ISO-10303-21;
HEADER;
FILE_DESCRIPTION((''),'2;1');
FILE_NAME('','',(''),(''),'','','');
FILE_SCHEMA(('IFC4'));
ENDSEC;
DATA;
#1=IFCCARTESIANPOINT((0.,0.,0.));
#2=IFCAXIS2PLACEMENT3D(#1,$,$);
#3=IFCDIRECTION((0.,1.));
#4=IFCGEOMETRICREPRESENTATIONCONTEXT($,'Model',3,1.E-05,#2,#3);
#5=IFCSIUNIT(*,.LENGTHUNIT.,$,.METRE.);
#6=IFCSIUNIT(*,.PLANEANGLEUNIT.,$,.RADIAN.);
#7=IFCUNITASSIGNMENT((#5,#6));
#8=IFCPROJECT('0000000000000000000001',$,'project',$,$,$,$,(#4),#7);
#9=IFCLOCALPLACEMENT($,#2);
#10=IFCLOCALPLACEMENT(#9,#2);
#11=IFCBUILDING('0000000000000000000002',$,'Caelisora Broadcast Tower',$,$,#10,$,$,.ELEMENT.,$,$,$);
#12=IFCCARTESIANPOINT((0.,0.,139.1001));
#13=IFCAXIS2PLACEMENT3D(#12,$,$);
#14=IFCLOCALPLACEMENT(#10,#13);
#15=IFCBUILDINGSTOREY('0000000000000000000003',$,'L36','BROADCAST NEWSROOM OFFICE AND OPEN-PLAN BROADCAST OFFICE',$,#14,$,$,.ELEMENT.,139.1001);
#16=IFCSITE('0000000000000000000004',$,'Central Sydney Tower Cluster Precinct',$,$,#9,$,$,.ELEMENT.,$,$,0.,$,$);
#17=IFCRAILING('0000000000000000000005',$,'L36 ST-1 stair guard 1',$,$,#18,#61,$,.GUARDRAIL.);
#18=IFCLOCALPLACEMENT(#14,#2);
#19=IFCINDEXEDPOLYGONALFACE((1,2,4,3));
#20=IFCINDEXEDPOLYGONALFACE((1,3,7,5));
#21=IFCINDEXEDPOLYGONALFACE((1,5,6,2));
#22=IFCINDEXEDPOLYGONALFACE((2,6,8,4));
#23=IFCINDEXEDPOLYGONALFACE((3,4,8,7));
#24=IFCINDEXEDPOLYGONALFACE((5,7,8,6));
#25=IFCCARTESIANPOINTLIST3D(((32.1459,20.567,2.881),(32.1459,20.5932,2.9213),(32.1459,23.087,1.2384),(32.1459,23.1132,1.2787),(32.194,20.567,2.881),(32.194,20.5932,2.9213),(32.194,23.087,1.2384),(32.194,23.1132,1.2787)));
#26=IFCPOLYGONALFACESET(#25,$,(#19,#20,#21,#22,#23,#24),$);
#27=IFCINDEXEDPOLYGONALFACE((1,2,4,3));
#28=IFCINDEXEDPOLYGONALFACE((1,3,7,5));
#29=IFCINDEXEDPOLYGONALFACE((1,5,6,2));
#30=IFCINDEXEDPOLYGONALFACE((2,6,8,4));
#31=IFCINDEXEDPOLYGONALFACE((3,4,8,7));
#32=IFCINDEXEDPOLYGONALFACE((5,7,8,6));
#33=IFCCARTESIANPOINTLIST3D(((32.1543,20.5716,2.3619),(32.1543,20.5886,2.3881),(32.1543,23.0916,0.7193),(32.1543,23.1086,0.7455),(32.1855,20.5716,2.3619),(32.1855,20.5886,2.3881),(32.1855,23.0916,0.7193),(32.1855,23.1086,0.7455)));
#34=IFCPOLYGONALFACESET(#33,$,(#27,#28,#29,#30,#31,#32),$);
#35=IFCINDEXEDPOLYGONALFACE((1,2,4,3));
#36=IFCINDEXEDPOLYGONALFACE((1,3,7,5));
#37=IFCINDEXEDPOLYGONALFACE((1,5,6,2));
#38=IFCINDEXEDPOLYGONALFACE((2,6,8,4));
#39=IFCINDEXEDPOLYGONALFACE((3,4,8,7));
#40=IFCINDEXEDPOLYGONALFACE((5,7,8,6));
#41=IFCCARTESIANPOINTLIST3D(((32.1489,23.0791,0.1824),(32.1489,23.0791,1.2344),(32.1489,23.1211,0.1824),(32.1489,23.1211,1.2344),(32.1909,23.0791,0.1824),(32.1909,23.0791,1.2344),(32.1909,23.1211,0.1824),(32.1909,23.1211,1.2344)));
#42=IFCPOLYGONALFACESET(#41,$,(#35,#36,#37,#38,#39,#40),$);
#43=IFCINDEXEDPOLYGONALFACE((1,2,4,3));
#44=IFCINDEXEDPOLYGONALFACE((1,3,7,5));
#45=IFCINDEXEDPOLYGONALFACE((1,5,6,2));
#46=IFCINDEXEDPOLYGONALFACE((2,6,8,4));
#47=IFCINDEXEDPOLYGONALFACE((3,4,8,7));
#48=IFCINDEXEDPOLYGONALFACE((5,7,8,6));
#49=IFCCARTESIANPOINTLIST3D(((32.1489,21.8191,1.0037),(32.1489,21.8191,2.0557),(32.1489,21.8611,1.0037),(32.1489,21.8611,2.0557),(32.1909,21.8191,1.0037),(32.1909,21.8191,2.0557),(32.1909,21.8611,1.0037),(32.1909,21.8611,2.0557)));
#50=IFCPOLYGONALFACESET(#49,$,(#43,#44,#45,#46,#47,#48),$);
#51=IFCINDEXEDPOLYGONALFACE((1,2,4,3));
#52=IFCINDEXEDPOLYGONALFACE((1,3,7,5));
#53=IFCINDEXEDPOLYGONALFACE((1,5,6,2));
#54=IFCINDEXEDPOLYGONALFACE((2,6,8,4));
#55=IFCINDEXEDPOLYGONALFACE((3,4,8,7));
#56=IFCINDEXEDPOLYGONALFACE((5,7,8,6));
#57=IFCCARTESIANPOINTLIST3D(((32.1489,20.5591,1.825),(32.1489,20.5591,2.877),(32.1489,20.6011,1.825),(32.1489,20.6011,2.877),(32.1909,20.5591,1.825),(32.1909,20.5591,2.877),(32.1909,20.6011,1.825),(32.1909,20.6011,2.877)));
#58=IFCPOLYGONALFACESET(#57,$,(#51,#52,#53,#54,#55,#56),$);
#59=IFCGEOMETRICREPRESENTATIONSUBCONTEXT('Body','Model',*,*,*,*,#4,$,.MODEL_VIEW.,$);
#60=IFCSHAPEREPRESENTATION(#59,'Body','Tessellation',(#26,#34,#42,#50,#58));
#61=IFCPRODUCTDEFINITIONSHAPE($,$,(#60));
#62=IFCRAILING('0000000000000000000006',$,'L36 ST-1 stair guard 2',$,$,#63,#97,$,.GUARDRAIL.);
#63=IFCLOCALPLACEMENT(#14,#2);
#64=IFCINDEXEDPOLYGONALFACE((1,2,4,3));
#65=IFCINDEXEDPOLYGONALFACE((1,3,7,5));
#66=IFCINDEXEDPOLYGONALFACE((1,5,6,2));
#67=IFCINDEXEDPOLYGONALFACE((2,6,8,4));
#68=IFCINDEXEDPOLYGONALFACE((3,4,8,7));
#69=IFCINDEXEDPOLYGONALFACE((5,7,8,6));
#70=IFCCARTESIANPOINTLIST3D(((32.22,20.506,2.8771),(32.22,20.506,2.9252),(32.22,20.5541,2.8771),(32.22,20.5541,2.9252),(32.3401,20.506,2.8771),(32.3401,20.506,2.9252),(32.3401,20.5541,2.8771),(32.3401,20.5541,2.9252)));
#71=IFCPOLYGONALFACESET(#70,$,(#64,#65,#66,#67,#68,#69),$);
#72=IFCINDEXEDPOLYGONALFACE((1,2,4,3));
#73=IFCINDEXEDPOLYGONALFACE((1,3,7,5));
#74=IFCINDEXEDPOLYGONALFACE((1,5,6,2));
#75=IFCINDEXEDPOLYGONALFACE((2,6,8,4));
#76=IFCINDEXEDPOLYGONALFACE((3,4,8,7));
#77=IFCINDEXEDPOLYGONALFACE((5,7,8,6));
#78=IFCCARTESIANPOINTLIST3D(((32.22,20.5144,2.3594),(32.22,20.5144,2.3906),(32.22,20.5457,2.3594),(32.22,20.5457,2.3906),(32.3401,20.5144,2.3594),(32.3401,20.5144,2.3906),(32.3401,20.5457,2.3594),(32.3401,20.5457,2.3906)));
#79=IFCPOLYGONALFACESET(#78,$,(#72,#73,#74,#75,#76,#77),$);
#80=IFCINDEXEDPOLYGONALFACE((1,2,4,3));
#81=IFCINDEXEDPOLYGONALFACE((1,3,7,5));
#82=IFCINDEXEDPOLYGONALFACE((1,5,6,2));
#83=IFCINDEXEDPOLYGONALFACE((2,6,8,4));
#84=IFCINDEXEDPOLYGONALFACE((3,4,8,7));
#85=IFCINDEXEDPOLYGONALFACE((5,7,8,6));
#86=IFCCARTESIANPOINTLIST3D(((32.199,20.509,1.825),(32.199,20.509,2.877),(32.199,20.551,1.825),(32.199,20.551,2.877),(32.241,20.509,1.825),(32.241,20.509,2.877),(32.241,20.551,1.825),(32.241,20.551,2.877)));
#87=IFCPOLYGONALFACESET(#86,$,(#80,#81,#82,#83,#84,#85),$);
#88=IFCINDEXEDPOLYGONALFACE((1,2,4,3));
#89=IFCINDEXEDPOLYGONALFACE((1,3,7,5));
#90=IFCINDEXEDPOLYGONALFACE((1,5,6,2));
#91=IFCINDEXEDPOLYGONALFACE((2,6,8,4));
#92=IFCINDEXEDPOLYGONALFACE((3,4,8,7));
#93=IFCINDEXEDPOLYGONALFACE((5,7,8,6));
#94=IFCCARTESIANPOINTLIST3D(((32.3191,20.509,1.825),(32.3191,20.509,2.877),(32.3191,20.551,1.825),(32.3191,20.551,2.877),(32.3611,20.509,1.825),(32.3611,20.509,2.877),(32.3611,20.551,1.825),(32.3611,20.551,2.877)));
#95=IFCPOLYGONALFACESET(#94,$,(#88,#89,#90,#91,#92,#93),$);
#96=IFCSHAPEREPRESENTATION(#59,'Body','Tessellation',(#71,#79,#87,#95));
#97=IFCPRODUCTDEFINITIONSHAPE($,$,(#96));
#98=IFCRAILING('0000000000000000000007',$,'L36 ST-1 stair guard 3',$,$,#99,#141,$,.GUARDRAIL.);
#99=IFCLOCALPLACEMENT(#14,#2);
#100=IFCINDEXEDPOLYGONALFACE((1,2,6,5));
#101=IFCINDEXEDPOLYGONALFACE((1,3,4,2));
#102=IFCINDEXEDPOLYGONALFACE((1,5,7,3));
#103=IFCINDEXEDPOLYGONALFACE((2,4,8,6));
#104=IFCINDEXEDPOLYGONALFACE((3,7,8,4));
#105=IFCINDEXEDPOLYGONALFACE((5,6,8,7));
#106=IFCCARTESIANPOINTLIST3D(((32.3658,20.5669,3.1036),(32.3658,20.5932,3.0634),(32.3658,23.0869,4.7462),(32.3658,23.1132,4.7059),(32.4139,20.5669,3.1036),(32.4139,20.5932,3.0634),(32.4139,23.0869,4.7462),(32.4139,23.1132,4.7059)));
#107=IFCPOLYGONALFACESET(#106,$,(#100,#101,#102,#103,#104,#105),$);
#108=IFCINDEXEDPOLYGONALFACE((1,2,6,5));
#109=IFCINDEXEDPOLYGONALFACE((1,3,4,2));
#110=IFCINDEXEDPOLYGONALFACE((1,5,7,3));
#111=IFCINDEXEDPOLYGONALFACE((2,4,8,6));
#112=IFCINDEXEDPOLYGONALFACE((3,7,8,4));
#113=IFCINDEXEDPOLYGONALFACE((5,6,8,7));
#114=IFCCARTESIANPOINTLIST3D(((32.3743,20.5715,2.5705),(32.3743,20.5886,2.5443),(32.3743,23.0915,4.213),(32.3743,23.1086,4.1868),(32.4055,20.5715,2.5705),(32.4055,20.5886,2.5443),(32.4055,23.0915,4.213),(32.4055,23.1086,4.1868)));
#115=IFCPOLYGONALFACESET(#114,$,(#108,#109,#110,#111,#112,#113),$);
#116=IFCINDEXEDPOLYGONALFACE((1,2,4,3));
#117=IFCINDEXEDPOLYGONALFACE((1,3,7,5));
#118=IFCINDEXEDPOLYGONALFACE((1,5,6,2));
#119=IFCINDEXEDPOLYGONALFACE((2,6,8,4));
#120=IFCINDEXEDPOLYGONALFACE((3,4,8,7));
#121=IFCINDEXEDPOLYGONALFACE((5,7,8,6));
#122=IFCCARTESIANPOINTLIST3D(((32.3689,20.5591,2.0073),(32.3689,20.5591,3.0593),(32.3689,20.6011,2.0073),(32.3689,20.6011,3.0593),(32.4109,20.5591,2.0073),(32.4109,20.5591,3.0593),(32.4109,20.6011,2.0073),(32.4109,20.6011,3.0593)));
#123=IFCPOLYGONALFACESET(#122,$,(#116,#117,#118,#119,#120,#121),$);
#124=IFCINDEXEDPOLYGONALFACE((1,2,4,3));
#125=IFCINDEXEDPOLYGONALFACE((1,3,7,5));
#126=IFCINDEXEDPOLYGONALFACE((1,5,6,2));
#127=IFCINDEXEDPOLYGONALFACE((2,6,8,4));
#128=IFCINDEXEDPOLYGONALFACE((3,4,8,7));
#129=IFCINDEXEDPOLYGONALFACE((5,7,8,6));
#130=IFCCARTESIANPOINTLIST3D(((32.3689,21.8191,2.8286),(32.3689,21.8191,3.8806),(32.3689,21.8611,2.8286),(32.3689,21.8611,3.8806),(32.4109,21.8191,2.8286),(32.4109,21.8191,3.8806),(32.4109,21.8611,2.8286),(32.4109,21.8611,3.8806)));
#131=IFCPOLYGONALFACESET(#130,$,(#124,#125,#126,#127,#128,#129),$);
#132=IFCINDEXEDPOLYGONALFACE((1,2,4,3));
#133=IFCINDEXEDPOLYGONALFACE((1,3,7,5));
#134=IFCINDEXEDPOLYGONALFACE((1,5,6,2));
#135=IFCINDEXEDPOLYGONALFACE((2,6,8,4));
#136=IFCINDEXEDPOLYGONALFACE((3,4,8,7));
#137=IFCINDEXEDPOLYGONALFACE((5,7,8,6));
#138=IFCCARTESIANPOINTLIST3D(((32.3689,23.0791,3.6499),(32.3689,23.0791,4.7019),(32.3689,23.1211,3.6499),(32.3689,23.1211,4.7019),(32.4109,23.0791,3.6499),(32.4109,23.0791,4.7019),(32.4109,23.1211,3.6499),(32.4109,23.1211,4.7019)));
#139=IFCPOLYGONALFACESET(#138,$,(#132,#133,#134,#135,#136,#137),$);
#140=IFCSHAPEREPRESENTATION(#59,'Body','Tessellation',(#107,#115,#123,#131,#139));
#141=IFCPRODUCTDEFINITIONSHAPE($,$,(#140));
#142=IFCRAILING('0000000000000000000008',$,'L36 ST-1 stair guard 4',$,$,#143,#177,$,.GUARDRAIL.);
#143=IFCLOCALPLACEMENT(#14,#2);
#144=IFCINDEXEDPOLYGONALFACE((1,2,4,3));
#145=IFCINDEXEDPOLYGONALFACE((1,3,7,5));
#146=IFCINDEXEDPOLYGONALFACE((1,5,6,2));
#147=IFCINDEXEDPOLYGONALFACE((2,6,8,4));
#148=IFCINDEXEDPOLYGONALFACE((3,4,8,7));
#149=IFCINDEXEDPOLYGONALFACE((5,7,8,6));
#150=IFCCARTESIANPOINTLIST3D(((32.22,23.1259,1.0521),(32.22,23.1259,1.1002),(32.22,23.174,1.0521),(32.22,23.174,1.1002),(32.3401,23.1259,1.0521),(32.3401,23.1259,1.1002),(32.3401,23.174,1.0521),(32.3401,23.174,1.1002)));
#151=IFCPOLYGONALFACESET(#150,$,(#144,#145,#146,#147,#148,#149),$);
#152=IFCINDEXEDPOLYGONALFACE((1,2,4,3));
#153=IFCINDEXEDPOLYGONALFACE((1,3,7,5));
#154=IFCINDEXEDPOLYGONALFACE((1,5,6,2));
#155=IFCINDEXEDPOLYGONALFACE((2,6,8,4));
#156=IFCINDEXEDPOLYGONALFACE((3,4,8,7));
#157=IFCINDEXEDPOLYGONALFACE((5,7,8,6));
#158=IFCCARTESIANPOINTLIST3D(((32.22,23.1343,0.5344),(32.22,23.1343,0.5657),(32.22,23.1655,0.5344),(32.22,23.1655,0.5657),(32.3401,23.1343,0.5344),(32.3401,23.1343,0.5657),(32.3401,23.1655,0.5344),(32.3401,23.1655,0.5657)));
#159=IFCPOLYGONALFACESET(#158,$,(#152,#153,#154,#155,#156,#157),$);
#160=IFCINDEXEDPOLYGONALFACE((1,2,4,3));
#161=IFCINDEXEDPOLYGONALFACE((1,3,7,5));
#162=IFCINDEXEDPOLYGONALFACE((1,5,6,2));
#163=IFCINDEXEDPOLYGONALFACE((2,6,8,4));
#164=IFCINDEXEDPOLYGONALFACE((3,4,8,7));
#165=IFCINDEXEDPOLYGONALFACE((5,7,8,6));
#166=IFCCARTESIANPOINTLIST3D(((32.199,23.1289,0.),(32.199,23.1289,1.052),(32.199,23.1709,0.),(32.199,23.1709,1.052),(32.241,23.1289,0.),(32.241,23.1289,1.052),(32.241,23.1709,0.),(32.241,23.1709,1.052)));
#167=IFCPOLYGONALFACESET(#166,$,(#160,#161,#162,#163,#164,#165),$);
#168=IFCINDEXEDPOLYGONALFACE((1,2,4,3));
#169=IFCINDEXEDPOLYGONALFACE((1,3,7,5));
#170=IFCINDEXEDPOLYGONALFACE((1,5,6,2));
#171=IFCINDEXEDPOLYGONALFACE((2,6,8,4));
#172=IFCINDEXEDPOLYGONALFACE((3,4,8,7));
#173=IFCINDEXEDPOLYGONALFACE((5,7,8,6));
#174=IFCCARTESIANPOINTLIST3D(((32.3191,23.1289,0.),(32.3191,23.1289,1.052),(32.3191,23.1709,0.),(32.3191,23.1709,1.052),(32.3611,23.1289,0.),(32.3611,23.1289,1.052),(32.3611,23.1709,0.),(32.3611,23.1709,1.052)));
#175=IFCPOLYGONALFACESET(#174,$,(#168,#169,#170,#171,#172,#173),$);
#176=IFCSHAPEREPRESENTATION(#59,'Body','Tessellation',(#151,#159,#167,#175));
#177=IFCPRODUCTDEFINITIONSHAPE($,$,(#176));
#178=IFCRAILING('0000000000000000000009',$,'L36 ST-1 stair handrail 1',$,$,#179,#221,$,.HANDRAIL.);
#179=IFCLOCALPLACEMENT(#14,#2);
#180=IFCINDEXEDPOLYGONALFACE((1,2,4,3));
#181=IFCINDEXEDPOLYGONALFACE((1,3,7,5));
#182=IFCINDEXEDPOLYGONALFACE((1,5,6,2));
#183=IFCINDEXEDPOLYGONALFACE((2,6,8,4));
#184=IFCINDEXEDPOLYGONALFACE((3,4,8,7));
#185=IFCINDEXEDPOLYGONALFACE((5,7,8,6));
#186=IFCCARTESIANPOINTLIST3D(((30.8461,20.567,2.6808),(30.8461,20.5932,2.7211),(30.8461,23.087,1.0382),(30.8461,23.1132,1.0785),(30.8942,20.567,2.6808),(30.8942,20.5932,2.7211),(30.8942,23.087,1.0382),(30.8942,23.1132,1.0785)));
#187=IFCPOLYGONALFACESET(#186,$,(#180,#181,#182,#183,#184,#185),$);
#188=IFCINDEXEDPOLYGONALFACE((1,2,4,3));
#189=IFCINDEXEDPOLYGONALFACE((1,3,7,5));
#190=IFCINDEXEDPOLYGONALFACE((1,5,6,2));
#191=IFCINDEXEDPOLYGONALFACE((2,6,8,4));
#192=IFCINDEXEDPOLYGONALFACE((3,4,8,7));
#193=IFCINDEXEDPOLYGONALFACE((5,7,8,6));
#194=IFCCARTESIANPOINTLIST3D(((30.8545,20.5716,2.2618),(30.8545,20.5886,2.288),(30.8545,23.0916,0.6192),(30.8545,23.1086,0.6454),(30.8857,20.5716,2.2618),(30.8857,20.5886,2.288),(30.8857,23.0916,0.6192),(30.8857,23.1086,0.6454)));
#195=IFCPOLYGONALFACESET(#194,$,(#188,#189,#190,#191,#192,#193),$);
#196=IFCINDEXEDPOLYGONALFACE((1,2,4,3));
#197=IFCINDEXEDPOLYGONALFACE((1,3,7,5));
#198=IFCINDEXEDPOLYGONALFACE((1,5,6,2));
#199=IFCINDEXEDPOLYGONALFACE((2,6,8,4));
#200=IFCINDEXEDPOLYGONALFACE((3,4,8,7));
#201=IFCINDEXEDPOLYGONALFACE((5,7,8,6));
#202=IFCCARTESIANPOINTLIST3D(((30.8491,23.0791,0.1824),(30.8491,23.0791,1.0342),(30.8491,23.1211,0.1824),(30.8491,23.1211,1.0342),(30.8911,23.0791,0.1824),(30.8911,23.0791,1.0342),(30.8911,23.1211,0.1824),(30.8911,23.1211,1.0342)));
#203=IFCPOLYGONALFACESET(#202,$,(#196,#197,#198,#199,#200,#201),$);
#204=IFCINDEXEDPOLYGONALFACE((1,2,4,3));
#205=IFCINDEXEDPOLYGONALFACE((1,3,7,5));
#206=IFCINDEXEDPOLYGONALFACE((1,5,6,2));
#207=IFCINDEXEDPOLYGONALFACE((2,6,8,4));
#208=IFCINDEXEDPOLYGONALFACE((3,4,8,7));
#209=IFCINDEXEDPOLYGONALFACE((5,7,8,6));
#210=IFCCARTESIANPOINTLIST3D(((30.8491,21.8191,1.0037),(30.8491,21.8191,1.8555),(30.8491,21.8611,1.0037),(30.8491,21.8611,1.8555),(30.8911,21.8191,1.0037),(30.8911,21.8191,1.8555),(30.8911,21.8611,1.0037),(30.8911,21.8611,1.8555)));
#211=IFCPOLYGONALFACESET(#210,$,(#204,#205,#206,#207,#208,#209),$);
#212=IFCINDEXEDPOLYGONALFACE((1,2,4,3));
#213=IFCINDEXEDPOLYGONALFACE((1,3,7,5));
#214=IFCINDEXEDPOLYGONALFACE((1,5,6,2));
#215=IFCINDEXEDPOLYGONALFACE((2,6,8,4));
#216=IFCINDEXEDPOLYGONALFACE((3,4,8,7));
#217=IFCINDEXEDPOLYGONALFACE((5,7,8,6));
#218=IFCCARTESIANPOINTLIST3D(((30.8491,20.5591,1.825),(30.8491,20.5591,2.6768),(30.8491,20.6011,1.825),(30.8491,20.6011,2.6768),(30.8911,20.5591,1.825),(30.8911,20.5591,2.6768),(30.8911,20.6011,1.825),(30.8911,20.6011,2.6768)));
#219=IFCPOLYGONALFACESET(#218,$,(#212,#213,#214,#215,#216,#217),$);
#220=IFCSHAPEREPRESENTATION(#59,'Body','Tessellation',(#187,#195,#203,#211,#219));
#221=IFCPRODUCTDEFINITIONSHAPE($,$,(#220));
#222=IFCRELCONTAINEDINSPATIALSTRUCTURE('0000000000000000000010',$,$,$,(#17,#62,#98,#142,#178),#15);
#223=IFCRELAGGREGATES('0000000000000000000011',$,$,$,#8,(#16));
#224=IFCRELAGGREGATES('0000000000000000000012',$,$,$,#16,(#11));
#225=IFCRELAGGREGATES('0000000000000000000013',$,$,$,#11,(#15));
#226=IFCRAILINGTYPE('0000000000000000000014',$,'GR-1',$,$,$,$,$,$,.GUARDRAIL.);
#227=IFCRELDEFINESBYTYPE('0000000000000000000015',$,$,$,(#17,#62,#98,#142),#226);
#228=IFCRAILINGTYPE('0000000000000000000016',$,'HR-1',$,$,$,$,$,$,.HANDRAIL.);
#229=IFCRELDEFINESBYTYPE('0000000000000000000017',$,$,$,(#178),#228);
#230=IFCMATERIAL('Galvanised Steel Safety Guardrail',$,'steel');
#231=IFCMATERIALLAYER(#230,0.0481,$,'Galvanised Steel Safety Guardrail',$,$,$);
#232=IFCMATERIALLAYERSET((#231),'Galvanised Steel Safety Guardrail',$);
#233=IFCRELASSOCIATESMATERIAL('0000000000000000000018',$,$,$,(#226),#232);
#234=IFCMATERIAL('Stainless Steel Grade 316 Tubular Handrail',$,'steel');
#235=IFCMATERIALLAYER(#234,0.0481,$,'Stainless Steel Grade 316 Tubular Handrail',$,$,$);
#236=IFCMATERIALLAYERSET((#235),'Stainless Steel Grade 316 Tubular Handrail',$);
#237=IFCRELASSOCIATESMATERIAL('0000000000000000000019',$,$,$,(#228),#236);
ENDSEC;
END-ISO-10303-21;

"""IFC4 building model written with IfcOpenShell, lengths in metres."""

from ifc_helpers import new_model, si_unit, direction, frame, origin, origin_2d, place, context, subcontext, project, spatial, rectangle, extrude, material, layer, layer_set, type_object, element, save


model = new_model("IFC4")

# Units and contexts
model_context = context("Model", 3, precision=1e-05, world=origin(), true_north=direction((0.0, 1.0)))
body_context = subcontext(model_context, "Body", "Model", "MODEL_VIEW")
ifc_project = project(units=[si_unit("LENGTHUNIT", "METRE"), si_unit("PLANEANGLEUNIT", "RADIAN")], contexts=[model_context])

# Site, building, storey
site_placement = place(None, origin())
site = spatial("IfcSite", under=ifc_project, at=site_placement, Name="Central Sydney Tower Cluster Precinct", CompositionType="ELEMENT", RefElevation=0.0)
building_placement = place(site_placement, origin())
building = spatial("IfcBuilding", under=site, at=building_placement, Name="Caelisora Broadcast Tower", CompositionType="ELEMENT")
storey_placement = place(building_placement, frame((0.0, 0.0, 139.1001)))
storey = spatial("IfcBuildingStorey", under=building, at=storey_placement, Name="L36", Description="BROADCAST NEWSROOM OFFICE AND OPEN-PLAN BROADCAST OFFICE", CompositionType="ELEMENT", Elevation=139.1001)

# Railings
ifc_material_1 = material(Name="Galvanised Steel Safety Guardrail", Category="steel")
ifc_layer_1 = layer(ifc_material_1, 0.0481, Name="Galvanised Steel Safety Guardrail")
ifc_layer_set_1 = layer_set([ifc_layer_1], Name="Galvanised Steel Safety Guardrail")
railing_type_1 = type_object("IfcRailingType", Name="GR-1", PredefinedType="GUARDRAIL", material=ifc_layer_set_1)
railing_1_placement = place(storey_placement, frame((32.1699, 23.1001, 0.1824)))
element("IfcRailing", 1, at=railing_1_placement, inside=storey, type_object=railing_type_1, Name="L36 ST-1 stair guard 1", PredefinedType="GUARDRAIL", context=body_context, shape_type="SweptSolid", body=[
    extrude(rectangle(XDim=0.0481, YDim=0.0481, at=origin_2d()), frame((0.0, 0.0, 1.0762), z_axis=(0.0, -0.837749, 0.546055), x_axis=(1.0, 0.0, 0.0)), (0.0, 0.0, 1.0), 3.0081),
    extrude(rectangle(XDim=0.0312, YDim=0.0312, at=origin_2d()), frame((0.0, 0.0, 0.55), z_axis=(0.0, -0.837749, 0.546055), x_axis=(1.0, 0.0, 0.0)), (0.0, 0.0, 1.0), 3.0081),
    extrude(rectangle(XDim=0.042, YDim=0.042, at=origin_2d()), origin(), (0.0, 0.0, 1.0), 1.052),
    extrude(rectangle(XDim=0.042, YDim=0.042, at=origin_2d()), frame((0.0, -1.26, 0.8213)), (0.0, 0.0, 1.0), 1.052),
    extrude(rectangle(XDim=0.042, YDim=0.042, at=origin_2d()), frame((0.0, -2.52, 1.6426)), (0.0, 0.0, 1.0), 1.052),
])
railing_2_placement = place(storey_placement, frame((32.22, 20.53, 1.825)))
element("IfcRailing", 2, at=railing_2_placement, inside=storey, type_object=railing_type_1, Name="L36 ST-1 stair guard 2", PredefinedType="GUARDRAIL", context=body_context, shape_type="SweptSolid", body=[
    extrude(rectangle(XDim=0.0481, YDim=0.0481, at=origin_2d()), frame((0.0, 0.0, 1.0762), z_axis=(1.0, 0.0, 0.0), x_axis=(0.0, 1.0, 0.0)), (0.0, 0.0, 1.0), 0.1201),
    extrude(rectangle(XDim=0.0312, YDim=0.0312, at=origin_2d()), frame((0.0, 0.0, 0.55), z_axis=(1.0, 0.0, 0.0), x_axis=(0.0, 1.0, 0.0)), (0.0, 0.0, 1.0), 0.1201),
    extrude(rectangle(XDim=0.042, YDim=0.042, at=origin_2d()), origin(), (0.0, 0.0, 1.0), 1.052),
    extrude(rectangle(XDim=0.042, YDim=0.042, at=origin_2d()), frame((0.1201, 0.0, 0.0)), (0.0, 0.0, 1.0), 1.052),
])
railing_3_placement = place(storey_placement, frame((32.3899, 20.5801, 2.0073)))
element("IfcRailing", 3, at=railing_3_placement, inside=storey, type_object=railing_type_1, Name="L36 ST-1 stair guard 3", PredefinedType="GUARDRAIL", context=body_context, shape_type="SweptSolid", body=[
    extrude(rectangle(XDim=0.0481, YDim=0.0481, at=origin_2d()), frame((0.0, 0.0, 1.0762), z_axis=(0.0, 0.837749, 0.546055), x_axis=(-1.0, 0.0, 0.0)), (0.0, 0.0, 1.0), 3.0081),
    extrude(rectangle(XDim=0.0312, YDim=0.0312, at=origin_2d()), frame((0.0, 0.0, 0.55), z_axis=(0.0, 0.837749, 0.546055), x_axis=(-1.0, 0.0, 0.0)), (0.0, 0.0, 1.0), 3.0081),
    extrude(rectangle(XDim=0.042, YDim=0.042, at=origin_2d()), origin(), (0.0, 0.0, 1.0), 1.052),
    extrude(rectangle(XDim=0.042, YDim=0.042, at=origin_2d()), frame((0.0, 1.26, 0.8213)), (0.0, 0.0, 1.0), 1.052),
    extrude(rectangle(XDim=0.042, YDim=0.042, at=origin_2d()), frame((0.0, 2.52, 1.6426)), (0.0, 0.0, 1.0), 1.052),
])
railing_4_placement = place(storey_placement, frame((32.22, 23.1499, 0.0)))
element("IfcRailing", 4, at=railing_4_placement, inside=storey, type_object=railing_type_1, Name="L36 ST-1 stair guard 4", PredefinedType="GUARDRAIL", context=body_context, shape_type="SweptSolid", body=[
    extrude(rectangle(XDim=0.0481, YDim=0.0481, at=origin_2d()), frame((0.0, 0.0, 1.0762), z_axis=(1.0, 0.0, 0.0), x_axis=(0.0, 1.0, 0.0)), (0.0, 0.0, 1.0), 0.1201),
    extrude(rectangle(XDim=0.0312, YDim=0.0312, at=origin_2d()), frame((0.0, 0.0, 0.55), z_axis=(1.0, 0.0, 0.0), x_axis=(0.0, 1.0, 0.0)), (0.0, 0.0, 1.0), 0.1201),
    extrude(rectangle(XDim=0.042, YDim=0.042, at=origin_2d()), origin(), (0.0, 0.0, 1.0), 1.052),
    extrude(rectangle(XDim=0.042, YDim=0.042, at=origin_2d()), frame((0.1201, 0.0, 0.0)), (0.0, 0.0, 1.0), 1.052),
])
ifc_material_2 = material(Name="Stainless Steel Grade 316 Tubular Handrail", Category="steel")
ifc_layer_2 = layer(ifc_material_2, 0.0481, Name="Stainless Steel Grade 316 Tubular Handrail")
ifc_layer_set_2 = layer_set([ifc_layer_2], Name="Stainless Steel Grade 316 Tubular Handrail")
railing_type_2 = type_object("IfcRailingType", Name="HR-1", PredefinedType="HANDRAIL", material=ifc_layer_set_2)
railing_5_placement = place(storey_placement, frame((30.8701, 23.1001, 0.1824)))
element("IfcRailing", 5, at=railing_5_placement, inside=storey, type_object=railing_type_2, Name="L36 ST-1 stair handrail 1", PredefinedType="HANDRAIL", context=body_context, shape_type="SweptSolid", body=[
    extrude(rectangle(XDim=0.0481, YDim=0.0481, at=origin_2d()), frame((0.0, 0.0, 0.876), z_axis=(0.0, -0.837749, 0.546055), x_axis=(1.0, 0.0, 0.0)), (0.0, 0.0, 1.0), 3.0081),
    extrude(rectangle(XDim=0.0312, YDim=0.0312, at=origin_2d()), frame((0.0, 0.0, 0.45), z_axis=(0.0, -0.837749, 0.546055), x_axis=(1.0, 0.0, 0.0)), (0.0, 0.0, 1.0), 3.0081),
    extrude(rectangle(XDim=0.042, YDim=0.042, at=origin_2d()), origin(), (0.0, 0.0, 1.0), 0.8518),
    extrude(rectangle(XDim=0.042, YDim=0.042, at=origin_2d()), frame((0.0, -1.26, 0.8213)), (0.0, 0.0, 1.0), 0.8518),
    extrude(rectangle(XDim=0.042, YDim=0.042, at=origin_2d()), frame((0.0, -2.52, 1.6426)), (0.0, 0.0, 1.0), 0.8518),
])

save(model, "model.ifc")
